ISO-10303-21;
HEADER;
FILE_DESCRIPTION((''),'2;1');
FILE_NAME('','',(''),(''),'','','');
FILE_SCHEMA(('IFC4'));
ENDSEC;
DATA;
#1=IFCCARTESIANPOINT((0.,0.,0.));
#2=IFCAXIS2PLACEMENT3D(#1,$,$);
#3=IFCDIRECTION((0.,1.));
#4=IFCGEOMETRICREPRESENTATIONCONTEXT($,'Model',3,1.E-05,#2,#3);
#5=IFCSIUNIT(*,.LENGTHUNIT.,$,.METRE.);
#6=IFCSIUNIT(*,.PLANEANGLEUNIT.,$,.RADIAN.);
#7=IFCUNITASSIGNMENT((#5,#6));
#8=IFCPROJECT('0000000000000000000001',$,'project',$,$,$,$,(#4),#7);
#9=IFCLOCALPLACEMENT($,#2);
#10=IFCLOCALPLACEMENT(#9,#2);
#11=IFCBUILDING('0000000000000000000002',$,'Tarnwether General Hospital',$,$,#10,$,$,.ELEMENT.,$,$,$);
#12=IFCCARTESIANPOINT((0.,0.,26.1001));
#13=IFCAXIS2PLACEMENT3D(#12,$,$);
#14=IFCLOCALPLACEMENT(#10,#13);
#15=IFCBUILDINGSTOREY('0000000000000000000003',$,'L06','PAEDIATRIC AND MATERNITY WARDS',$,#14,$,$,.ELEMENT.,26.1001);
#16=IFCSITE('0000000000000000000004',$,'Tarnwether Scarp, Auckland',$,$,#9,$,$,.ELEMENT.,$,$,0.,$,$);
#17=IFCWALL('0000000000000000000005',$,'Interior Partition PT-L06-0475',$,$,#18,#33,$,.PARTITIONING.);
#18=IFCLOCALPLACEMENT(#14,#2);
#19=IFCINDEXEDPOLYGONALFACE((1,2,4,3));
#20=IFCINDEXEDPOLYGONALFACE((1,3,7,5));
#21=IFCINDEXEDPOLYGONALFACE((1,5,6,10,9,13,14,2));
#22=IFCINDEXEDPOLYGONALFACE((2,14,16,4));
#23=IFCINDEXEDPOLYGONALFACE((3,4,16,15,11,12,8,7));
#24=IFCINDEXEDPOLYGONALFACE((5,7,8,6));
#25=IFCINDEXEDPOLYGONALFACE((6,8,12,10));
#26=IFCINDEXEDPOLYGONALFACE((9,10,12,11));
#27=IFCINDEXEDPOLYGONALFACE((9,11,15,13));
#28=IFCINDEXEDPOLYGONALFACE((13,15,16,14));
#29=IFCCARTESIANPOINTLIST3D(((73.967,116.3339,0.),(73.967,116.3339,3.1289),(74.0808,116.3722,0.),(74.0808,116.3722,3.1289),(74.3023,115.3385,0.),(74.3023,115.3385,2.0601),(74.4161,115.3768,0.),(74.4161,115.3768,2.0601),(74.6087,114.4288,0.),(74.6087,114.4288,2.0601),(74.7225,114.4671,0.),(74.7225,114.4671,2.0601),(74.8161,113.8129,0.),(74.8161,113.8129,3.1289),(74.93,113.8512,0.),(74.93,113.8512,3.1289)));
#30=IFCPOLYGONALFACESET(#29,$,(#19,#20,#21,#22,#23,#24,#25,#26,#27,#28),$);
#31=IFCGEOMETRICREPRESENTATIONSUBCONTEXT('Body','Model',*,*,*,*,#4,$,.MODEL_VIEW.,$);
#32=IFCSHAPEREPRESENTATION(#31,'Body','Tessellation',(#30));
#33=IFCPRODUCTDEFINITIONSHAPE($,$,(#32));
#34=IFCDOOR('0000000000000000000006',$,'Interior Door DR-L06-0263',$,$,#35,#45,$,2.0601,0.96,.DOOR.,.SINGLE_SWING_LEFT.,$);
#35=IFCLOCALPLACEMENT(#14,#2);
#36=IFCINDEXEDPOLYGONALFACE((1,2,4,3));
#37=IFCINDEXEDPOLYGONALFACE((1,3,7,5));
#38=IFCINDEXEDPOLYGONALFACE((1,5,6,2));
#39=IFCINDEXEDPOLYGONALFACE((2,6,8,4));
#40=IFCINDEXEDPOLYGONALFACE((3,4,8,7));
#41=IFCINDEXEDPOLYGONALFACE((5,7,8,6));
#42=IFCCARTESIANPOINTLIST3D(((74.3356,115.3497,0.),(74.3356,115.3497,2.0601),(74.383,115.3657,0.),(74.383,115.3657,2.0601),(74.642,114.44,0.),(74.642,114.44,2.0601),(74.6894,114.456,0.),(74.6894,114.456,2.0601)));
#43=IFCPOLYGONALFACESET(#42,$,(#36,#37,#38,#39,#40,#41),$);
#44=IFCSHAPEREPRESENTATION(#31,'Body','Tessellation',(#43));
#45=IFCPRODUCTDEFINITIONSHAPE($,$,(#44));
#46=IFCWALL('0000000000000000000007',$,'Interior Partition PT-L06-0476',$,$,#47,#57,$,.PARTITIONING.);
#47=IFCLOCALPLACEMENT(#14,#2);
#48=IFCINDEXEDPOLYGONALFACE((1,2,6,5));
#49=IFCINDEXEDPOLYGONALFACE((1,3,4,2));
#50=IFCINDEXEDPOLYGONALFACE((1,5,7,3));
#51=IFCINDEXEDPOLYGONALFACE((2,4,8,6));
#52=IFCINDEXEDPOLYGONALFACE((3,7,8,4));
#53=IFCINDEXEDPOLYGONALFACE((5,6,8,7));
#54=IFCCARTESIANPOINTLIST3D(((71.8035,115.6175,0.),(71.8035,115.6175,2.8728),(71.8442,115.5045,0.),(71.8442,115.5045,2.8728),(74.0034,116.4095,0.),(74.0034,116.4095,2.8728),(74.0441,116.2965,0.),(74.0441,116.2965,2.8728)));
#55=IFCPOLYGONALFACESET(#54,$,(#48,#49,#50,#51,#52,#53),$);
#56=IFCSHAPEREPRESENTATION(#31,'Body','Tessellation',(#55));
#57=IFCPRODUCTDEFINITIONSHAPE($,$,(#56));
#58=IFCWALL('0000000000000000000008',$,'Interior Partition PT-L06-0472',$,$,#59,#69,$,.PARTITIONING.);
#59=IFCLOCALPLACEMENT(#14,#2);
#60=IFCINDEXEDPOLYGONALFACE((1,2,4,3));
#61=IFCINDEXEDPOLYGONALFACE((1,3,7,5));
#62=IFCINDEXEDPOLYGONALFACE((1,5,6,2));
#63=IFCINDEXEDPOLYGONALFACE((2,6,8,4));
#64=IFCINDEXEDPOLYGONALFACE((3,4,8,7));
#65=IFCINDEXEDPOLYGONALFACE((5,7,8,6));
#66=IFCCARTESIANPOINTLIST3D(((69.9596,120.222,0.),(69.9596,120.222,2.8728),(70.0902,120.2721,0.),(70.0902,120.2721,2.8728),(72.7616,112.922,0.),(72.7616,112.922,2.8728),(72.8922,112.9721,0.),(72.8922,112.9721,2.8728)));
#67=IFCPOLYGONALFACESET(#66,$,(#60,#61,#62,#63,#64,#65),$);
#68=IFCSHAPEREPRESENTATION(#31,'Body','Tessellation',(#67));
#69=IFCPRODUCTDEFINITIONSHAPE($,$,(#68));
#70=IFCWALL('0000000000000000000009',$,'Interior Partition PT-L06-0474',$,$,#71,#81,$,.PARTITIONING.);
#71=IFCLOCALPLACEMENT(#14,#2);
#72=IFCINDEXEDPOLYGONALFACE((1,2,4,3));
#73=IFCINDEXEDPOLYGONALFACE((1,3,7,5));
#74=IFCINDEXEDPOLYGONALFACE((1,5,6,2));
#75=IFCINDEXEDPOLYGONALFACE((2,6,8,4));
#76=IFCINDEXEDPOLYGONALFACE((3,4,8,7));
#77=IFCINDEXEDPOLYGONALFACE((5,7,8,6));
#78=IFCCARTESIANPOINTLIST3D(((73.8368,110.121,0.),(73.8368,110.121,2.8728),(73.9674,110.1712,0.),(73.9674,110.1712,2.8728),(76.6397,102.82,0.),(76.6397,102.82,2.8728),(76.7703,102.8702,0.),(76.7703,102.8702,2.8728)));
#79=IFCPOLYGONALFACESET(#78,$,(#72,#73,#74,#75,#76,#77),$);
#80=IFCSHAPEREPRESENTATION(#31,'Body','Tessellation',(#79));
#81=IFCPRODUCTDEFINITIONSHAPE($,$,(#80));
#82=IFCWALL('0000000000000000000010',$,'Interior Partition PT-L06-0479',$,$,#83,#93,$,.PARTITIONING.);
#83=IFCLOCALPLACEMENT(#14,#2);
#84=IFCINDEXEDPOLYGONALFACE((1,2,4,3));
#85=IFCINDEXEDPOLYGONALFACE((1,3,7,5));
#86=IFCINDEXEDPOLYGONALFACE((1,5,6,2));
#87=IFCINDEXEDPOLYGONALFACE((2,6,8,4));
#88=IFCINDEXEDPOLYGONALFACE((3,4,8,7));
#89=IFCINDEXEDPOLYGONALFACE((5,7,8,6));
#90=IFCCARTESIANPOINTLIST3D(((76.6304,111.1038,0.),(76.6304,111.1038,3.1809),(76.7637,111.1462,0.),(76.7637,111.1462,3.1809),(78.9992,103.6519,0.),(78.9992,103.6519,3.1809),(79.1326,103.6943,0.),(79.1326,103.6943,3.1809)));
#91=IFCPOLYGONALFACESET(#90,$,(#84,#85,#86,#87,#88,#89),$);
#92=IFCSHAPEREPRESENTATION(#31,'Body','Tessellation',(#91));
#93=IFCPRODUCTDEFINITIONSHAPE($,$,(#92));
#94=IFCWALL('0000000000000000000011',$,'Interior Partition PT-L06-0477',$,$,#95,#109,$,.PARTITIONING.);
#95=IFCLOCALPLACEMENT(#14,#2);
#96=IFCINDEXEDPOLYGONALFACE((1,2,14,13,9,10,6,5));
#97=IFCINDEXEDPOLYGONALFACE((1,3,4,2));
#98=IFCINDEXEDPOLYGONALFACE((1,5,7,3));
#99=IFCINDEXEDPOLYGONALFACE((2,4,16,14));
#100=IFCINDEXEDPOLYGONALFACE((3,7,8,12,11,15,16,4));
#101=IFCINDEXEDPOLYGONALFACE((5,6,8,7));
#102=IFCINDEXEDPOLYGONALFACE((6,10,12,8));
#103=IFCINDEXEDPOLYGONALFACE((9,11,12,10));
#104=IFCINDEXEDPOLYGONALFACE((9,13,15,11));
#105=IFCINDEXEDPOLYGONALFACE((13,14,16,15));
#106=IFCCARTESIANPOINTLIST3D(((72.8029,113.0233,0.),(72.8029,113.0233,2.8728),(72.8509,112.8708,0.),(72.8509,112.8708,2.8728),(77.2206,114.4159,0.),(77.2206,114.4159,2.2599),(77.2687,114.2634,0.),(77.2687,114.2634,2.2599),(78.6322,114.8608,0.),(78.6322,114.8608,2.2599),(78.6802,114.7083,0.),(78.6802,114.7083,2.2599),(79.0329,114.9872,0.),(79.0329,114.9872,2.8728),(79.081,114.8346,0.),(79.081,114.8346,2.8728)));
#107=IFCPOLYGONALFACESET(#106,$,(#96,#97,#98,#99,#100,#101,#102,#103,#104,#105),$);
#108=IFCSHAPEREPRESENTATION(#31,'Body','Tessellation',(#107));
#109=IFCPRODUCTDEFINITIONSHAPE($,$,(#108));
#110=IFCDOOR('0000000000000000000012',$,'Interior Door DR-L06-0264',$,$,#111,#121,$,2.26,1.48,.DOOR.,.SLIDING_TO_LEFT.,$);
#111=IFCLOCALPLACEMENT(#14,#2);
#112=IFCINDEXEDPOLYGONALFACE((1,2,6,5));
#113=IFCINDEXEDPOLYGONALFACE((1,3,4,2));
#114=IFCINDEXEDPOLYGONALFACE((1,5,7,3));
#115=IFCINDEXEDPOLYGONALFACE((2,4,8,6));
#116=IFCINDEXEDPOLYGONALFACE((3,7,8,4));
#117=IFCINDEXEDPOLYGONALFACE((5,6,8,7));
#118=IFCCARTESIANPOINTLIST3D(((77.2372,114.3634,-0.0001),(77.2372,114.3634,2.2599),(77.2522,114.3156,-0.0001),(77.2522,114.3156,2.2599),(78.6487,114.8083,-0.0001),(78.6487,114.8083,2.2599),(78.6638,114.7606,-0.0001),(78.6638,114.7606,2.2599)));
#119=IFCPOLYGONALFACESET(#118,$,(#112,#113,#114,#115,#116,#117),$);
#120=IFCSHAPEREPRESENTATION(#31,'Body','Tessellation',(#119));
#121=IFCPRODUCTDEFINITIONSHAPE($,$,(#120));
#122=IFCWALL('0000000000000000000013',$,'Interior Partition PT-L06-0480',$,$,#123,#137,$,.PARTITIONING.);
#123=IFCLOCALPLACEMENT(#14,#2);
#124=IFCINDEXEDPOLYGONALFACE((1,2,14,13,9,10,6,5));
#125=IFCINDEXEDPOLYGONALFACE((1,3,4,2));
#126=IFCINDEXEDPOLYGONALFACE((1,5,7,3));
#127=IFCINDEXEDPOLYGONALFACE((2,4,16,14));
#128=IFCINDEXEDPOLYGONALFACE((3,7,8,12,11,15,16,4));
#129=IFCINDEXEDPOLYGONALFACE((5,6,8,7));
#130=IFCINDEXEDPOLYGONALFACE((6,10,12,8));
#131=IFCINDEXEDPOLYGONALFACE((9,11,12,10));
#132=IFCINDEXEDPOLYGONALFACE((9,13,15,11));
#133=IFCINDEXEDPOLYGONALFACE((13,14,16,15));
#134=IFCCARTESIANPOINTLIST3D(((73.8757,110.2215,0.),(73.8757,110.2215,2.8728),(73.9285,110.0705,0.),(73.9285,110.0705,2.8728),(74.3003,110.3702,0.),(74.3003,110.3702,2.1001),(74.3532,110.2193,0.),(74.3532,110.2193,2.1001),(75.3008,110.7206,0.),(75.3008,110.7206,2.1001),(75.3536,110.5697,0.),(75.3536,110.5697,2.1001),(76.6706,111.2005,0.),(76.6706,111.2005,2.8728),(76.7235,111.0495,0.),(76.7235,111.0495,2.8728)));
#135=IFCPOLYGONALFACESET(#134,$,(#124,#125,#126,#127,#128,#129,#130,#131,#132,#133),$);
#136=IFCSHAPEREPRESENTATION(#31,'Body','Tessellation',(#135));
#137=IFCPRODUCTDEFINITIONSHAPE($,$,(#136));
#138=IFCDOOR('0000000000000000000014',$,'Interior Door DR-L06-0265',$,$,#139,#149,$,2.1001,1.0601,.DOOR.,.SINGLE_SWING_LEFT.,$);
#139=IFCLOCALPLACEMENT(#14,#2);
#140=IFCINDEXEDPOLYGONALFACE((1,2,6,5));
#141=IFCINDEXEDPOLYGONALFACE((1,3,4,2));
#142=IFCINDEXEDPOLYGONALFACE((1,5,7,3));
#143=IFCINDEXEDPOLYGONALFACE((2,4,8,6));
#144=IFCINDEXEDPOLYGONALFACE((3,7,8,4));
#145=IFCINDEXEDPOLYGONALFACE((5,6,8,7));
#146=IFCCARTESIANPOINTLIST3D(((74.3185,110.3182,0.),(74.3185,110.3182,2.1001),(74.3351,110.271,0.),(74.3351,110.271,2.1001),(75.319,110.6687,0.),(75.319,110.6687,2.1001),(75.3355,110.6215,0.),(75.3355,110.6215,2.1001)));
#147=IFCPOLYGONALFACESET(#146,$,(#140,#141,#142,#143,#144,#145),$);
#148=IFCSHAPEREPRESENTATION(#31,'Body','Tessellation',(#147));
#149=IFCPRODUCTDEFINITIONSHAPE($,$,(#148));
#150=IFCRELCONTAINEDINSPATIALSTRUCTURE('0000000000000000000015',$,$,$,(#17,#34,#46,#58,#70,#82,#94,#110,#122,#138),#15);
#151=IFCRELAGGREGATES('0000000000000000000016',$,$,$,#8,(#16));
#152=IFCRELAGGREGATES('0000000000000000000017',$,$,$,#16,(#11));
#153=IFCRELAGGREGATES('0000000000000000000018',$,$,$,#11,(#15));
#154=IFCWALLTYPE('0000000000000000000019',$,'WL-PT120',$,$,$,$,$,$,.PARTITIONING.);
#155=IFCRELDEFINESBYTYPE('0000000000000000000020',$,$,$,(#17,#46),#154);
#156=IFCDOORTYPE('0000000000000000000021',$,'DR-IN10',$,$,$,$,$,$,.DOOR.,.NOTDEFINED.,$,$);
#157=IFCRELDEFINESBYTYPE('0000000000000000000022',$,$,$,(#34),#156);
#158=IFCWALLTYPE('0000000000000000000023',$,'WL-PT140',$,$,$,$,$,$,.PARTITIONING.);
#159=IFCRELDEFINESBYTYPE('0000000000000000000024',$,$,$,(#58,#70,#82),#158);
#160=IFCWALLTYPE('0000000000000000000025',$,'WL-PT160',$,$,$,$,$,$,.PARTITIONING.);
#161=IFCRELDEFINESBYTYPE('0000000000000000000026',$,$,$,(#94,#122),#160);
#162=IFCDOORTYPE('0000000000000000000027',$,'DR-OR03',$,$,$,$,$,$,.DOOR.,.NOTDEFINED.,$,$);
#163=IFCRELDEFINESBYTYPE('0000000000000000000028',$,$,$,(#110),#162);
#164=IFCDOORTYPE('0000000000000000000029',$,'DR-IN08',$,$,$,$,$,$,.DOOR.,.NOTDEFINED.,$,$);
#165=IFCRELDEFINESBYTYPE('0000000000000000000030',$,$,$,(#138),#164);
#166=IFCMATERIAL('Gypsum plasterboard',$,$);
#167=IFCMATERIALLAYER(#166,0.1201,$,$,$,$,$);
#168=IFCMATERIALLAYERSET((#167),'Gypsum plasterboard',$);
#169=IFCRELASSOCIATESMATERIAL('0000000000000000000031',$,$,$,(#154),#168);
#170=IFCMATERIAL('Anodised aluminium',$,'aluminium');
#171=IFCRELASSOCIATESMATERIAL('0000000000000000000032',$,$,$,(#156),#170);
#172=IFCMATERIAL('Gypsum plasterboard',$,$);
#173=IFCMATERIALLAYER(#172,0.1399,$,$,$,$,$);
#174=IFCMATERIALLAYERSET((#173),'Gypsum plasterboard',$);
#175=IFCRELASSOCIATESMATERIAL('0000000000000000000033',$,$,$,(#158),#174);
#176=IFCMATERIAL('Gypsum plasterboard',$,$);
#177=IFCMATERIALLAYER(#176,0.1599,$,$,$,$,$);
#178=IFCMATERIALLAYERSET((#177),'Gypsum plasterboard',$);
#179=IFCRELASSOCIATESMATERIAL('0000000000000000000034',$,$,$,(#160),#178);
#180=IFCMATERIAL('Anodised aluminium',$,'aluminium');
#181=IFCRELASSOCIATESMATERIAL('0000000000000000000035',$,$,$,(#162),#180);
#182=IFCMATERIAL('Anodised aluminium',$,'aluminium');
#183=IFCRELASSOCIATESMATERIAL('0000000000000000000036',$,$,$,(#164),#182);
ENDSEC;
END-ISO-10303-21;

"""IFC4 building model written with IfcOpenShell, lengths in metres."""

from ifc_helpers import new_model, si_unit, direction, frame, frame_2d, origin, place, context, subcontext, project, spatial, rectangle, extrude, material, layer, layer_set, type_object, element, fill, save


model = new_model("IFC4")

# Units and contexts
model_context = context("Model", 3, precision=1e-05, world=origin(), true_north=direction((0.0, 1.0)))
body_context = subcontext(model_context, "Body", "Model", "MODEL_VIEW")
ifc_project = project(units=[si_unit("LENGTHUNIT", "METRE"), si_unit("PLANEANGLEUNIT", "RADIAN")], contexts=[model_context])

# Site, building, storey
site_placement = place(None, origin())
site = spatial("IfcSite", under=ifc_project, at=site_placement, Name="Tarnwether Scarp, Auckland", CompositionType="ELEMENT", RefElevation=0.0)
building_placement = place(site_placement, origin())
building = spatial("IfcBuilding", under=site, at=building_placement, Name="Tarnwether General Hospital", CompositionType="ELEMENT")
storey_placement = place(building_placement, frame((0.0, 0.0, 26.1001)))
storey = spatial("IfcBuildingStorey", under=building, at=storey_placement, Name="L06", Description="PAEDIATRIC AND MATERNITY WARDS", CompositionType="ELEMENT", Elevation=26.1001)

# Wall, opening, door
ifc_material_1 = material(Name="Gypsum plasterboard")
ifc_layer_1 = layer(ifc_material_1, 0.1201)
ifc_layer_set_1 = layer_set([ifc_layer_1], Name="Gypsum plasterboard")
wall_type_1 = type_object("IfcWallType", Name="WL-PT120", PredefinedType="PARTITIONING", material=ifc_layer_set_1)
wall_1_placement = place(storey_placement, frame((74.873, 113.832, 0.0), z_axis=(0.0, 0.0, 1.0), x_axis=(-0.3192, 0.947687, 0.0)))
wall_1 = element("IfcWall", 1, at=wall_1_placement, inside=storey, type_object=wall_type_1, Name="Interior Partition PT-L06-0475", PredefinedType="PARTITIONING", context=body_context, shape_type="SweptSolid", body=[
    extrude(rectangle(XDim=2.6602, YDim=0.1201, at=frame_2d((1.3301, 0.0))), origin(), (0.0, 0.0, 1.0), 3.1289),
])
opening_1_placement = place(wall_1_placement, frame((0.6499, 0.0, 0.0)))
opening_1 = element("IfcOpeningElement", 2, at=opening_1_placement, cuts=wall_1, PredefinedType="OPENING", context=body_context, shape_type="SweptSolid", body=[
    extrude(rectangle(XDim=0.96, YDim=2.0601, at=frame_2d((0.48, 1.03))), frame((0.0, 0.0701, 0.0), z_axis=(0.0, -1.0, 0.0), x_axis=(1.0, 0.0, 0.0)), (0.0, 0.0, 1.0), 0.1401),
])
ifc_material_2 = material(Name="Anodised aluminium", Category="aluminium")
door_type_1 = type_object("IfcDoorType", Name="DR-IN10", OperationType="NOTDEFINED", PredefinedType="DOOR", material=ifc_material_2)
door_1_placement = place(opening_1_placement, origin())
door_1 = element("IfcDoor", 3, at=door_1_placement, inside=storey, type_object=door_type_1, Name="Interior Door DR-L06-0263", OperationType="SINGLE_SWING_LEFT", OverallHeight=2.0601, OverallWidth=0.96, PredefinedType="DOOR", context=body_context, shape_type="SweptSolid", body=[
    extrude(rectangle(XDim=0.96, YDim=2.0601, at=frame_2d((0.48, 1.03))), frame((0.0, 0.0249, 0.0), z_axis=(0.0, -1.0, 0.0), x_axis=(1.0, 0.0, 0.0)), (0.0, 0.0, 1.0), 0.05),
])
fill(opening_1, door_1)

# Walls
wall_2_placement = place(storey_placement, frame((71.824, 115.561, 0.0), z_axis=(0.0, 0.0, 1.0), x_axis=(0.940886, 0.338723, 0.0)))
element("IfcWall", 4, at=wall_2_placement, inside=storey, type_object=wall_type_1, Name="Interior Partition PT-L06-0476", PredefinedType="PARTITIONING", context=body_context, shape_type="SweptSolid", body=[
    extrude(rectangle(XDim=2.3381, YDim=0.1201, at=frame_2d((1.1689, 0.0))), origin(), (0.0, 0.0, 1.0), 2.8728),
])
ifc_material_3 = material(Name="Gypsum plasterboard")
ifc_layer_2 = layer(ifc_material_3, 0.1399)
ifc_layer_set_2 = layer_set([ifc_layer_2], Name="Gypsum plasterboard")
wall_type_2 = type_object("IfcWallType", Name="WL-PT140", PredefinedType="PARTITIONING", material=ifc_layer_set_2)
wall_3_placement = place(storey_placement, frame((72.8269, 112.947, 0.0), z_axis=(0.0, 0.0, 1.0), x_axis=(-0.358343, 0.93359, 0.0)))
element("IfcWall", 5, at=wall_3_placement, inside=storey, type_object=wall_type_2, Name="Interior Partition PT-L06-0472", PredefinedType="PARTITIONING", context=body_context, shape_type="SweptSolid", body=[
    extrude(rectangle(XDim=7.8193, YDim=0.1399, at=frame_2d((3.9097, 0.0))), origin(), (0.0, 0.0, 1.0), 2.8728),
])
wall_4_placement = place(storey_placement, frame((73.9021, 110.146, 0.0), z_axis=(0.0, 0.0, 1.0), x_axis=(0.35841, -0.933564, 0.0)))
element("IfcWall", 6, at=wall_4_placement, inside=storey, type_object=wall_type_2, Name="Interior Partition PT-L06-0474", PredefinedType="PARTITIONING", context=body_context, shape_type="SweptSolid", body=[
    extrude(rectangle(XDim=7.8206, YDim=0.1399, at=frame_2d((3.9102, 0.0))), origin(), (0.0, 0.0, 1.0), 2.8728),
])
wall_5_placement = place(storey_placement, frame((76.697, 111.125, 0.0), z_axis=(0.0, 0.0, 1.0), x_axis=(0.302952, -0.953006, 0.0)))
element("IfcWall", 7, at=wall_5_placement, inside=storey, type_object=wall_type_2, Name="Interior Partition PT-L06-0479", PredefinedType="PARTITIONING", context=body_context, shape_type="SweptSolid", body=[
    extrude(rectangle(XDim=7.8193, YDim=0.1399, at=frame_2d((3.9097, 0.0))), origin(), (0.0, 0.0, 1.0), 3.1809),
])

# Walls, openings, doors
ifc_material_4 = material(Name="Gypsum plasterboard")
ifc_layer_3 = layer(ifc_material_4, 0.1599)
ifc_layer_set_3 = layer_set([ifc_layer_3], Name="Gypsum plasterboard")
wall_type_3 = type_object("IfcWallType", Name="WL-PT160", PredefinedType="PARTITIONING", material=ifc_layer_set_3)
wall_6_placement = place(storey_placement, frame((72.8269, 112.947, 0.0), z_axis=(0.0, 0.0, 1.0), x_axis=(0.953736, 0.300645, 0.0)))
wall_6 = element("IfcWall", 8, at=wall_6_placement, inside=storey, type_object=wall_type_3, Name="Interior Partition PT-L06-0477", PredefinedType="PARTITIONING", context=body_context, shape_type="SweptSolid", body=[
    extrude(rectangle(XDim=6.5322, YDim=0.1599, at=frame_2d((3.2661, 0.0))), origin(), (0.0, 0.0, 1.0), 2.8728),
])
opening_2_placement = place(wall_6_placement, frame((4.6321, 0.0, 0.0)))
opening_2 = element("IfcOpeningElement", 9, at=opening_2_placement, cuts=wall_6, PredefinedType="OPENING", context=body_context, shape_type="SweptSolid", body=[
    extrude(rectangle(XDim=1.48, YDim=2.26, at=frame_2d((0.74, 1.1299))), frame((0.0, 0.0898, 0.0), z_axis=(0.0, -1.0, 0.0), x_axis=(1.0, 0.0, 0.0)), (0.0, 0.0, 1.0), 0.1799),
])
ifc_material_5 = material(Name="Anodised aluminium", Category="aluminium")
door_type_2 = type_object("IfcDoorType", Name="DR-OR03", OperationType="NOTDEFINED", PredefinedType="DOOR", material=ifc_material_5)
door_2_placement = place(opening_2_placement, origin())
door_2 = element("IfcDoor", 10, at=door_2_placement, inside=storey, type_object=door_type_2, Name="Interior Door DR-L06-0264", OperationType="SLIDING_TO_LEFT", OverallHeight=2.26, OverallWidth=1.48, PredefinedType="DOOR", context=body_context, shape_type="SweptSolid", body=[
    extrude(rectangle(XDim=1.48, YDim=2.26, at=frame_2d((0.74, 1.1299))), frame((0.0, 0.0249, 0.0), z_axis=(0.0, -1.0, 0.0), x_axis=(1.0, 0.0, 0.0)), (0.0, 0.0, 1.0), 0.05),
])
fill(opening_2, door_2)
wall_7_placement = place(storey_placement, frame((73.9021, 110.146, 0.0), z_axis=(0.0, 0.0, 1.0), x_axis=(0.943776, 0.330585, 0.0)))
wall_7 = element("IfcWall", 11, at=wall_7_placement, inside=storey, type_object=wall_type_3, Name="Interior Partition PT-L06-0480", PredefinedType="PARTITIONING", context=body_context, shape_type="SweptSolid", body=[
    extrude(rectangle(XDim=2.9614, YDim=0.1599, at=frame_2d((1.4807, 0.0))), origin(), (0.0, 0.0, 1.0), 2.8728),
])
opening_3_placement = place(wall_7_placement, frame((0.45, 0.0, 0.0)))
opening_3 = element("IfcOpeningElement", 12, at=opening_3_placement, cuts=wall_7, PredefinedType="OPENING", context=body_context, shape_type="SweptSolid", body=[
    extrude(rectangle(XDim=1.0601, YDim=2.1001, at=frame_2d((0.53, 1.05))), frame((0.0, 0.0898, 0.0), z_axis=(0.0, -1.0, 0.0), x_axis=(1.0, 0.0, 0.0)), (0.0, 0.0, 1.0), 0.1799),
])
ifc_material_6 = material(Name="Anodised aluminium", Category="aluminium")
door_type_3 = type_object("IfcDoorType", Name="DR-IN08", OperationType="NOTDEFINED", PredefinedType="DOOR", material=ifc_material_6)
door_3_placement = place(opening_3_placement, origin())
door_3 = element("IfcDoor", 13, at=door_3_placement, inside=storey, type_object=door_type_3, Name="Interior Door DR-L06-0265", OperationType="SINGLE_SWING_LEFT", OverallHeight=2.1001, OverallWidth=1.0601, PredefinedType="DOOR", context=body_context, shape_type="SweptSolid", body=[
    extrude(rectangle(XDim=1.0601, YDim=2.1001, at=frame_2d((0.53, 1.05))), frame((0.0, 0.0249, 0.0), z_axis=(0.0, -1.0, 0.0), x_axis=(1.0, 0.0, 0.0)), (0.0, 0.0, 1.0), 0.05),
])
fill(opening_3, door_3)

save(model, "model.ifc")
